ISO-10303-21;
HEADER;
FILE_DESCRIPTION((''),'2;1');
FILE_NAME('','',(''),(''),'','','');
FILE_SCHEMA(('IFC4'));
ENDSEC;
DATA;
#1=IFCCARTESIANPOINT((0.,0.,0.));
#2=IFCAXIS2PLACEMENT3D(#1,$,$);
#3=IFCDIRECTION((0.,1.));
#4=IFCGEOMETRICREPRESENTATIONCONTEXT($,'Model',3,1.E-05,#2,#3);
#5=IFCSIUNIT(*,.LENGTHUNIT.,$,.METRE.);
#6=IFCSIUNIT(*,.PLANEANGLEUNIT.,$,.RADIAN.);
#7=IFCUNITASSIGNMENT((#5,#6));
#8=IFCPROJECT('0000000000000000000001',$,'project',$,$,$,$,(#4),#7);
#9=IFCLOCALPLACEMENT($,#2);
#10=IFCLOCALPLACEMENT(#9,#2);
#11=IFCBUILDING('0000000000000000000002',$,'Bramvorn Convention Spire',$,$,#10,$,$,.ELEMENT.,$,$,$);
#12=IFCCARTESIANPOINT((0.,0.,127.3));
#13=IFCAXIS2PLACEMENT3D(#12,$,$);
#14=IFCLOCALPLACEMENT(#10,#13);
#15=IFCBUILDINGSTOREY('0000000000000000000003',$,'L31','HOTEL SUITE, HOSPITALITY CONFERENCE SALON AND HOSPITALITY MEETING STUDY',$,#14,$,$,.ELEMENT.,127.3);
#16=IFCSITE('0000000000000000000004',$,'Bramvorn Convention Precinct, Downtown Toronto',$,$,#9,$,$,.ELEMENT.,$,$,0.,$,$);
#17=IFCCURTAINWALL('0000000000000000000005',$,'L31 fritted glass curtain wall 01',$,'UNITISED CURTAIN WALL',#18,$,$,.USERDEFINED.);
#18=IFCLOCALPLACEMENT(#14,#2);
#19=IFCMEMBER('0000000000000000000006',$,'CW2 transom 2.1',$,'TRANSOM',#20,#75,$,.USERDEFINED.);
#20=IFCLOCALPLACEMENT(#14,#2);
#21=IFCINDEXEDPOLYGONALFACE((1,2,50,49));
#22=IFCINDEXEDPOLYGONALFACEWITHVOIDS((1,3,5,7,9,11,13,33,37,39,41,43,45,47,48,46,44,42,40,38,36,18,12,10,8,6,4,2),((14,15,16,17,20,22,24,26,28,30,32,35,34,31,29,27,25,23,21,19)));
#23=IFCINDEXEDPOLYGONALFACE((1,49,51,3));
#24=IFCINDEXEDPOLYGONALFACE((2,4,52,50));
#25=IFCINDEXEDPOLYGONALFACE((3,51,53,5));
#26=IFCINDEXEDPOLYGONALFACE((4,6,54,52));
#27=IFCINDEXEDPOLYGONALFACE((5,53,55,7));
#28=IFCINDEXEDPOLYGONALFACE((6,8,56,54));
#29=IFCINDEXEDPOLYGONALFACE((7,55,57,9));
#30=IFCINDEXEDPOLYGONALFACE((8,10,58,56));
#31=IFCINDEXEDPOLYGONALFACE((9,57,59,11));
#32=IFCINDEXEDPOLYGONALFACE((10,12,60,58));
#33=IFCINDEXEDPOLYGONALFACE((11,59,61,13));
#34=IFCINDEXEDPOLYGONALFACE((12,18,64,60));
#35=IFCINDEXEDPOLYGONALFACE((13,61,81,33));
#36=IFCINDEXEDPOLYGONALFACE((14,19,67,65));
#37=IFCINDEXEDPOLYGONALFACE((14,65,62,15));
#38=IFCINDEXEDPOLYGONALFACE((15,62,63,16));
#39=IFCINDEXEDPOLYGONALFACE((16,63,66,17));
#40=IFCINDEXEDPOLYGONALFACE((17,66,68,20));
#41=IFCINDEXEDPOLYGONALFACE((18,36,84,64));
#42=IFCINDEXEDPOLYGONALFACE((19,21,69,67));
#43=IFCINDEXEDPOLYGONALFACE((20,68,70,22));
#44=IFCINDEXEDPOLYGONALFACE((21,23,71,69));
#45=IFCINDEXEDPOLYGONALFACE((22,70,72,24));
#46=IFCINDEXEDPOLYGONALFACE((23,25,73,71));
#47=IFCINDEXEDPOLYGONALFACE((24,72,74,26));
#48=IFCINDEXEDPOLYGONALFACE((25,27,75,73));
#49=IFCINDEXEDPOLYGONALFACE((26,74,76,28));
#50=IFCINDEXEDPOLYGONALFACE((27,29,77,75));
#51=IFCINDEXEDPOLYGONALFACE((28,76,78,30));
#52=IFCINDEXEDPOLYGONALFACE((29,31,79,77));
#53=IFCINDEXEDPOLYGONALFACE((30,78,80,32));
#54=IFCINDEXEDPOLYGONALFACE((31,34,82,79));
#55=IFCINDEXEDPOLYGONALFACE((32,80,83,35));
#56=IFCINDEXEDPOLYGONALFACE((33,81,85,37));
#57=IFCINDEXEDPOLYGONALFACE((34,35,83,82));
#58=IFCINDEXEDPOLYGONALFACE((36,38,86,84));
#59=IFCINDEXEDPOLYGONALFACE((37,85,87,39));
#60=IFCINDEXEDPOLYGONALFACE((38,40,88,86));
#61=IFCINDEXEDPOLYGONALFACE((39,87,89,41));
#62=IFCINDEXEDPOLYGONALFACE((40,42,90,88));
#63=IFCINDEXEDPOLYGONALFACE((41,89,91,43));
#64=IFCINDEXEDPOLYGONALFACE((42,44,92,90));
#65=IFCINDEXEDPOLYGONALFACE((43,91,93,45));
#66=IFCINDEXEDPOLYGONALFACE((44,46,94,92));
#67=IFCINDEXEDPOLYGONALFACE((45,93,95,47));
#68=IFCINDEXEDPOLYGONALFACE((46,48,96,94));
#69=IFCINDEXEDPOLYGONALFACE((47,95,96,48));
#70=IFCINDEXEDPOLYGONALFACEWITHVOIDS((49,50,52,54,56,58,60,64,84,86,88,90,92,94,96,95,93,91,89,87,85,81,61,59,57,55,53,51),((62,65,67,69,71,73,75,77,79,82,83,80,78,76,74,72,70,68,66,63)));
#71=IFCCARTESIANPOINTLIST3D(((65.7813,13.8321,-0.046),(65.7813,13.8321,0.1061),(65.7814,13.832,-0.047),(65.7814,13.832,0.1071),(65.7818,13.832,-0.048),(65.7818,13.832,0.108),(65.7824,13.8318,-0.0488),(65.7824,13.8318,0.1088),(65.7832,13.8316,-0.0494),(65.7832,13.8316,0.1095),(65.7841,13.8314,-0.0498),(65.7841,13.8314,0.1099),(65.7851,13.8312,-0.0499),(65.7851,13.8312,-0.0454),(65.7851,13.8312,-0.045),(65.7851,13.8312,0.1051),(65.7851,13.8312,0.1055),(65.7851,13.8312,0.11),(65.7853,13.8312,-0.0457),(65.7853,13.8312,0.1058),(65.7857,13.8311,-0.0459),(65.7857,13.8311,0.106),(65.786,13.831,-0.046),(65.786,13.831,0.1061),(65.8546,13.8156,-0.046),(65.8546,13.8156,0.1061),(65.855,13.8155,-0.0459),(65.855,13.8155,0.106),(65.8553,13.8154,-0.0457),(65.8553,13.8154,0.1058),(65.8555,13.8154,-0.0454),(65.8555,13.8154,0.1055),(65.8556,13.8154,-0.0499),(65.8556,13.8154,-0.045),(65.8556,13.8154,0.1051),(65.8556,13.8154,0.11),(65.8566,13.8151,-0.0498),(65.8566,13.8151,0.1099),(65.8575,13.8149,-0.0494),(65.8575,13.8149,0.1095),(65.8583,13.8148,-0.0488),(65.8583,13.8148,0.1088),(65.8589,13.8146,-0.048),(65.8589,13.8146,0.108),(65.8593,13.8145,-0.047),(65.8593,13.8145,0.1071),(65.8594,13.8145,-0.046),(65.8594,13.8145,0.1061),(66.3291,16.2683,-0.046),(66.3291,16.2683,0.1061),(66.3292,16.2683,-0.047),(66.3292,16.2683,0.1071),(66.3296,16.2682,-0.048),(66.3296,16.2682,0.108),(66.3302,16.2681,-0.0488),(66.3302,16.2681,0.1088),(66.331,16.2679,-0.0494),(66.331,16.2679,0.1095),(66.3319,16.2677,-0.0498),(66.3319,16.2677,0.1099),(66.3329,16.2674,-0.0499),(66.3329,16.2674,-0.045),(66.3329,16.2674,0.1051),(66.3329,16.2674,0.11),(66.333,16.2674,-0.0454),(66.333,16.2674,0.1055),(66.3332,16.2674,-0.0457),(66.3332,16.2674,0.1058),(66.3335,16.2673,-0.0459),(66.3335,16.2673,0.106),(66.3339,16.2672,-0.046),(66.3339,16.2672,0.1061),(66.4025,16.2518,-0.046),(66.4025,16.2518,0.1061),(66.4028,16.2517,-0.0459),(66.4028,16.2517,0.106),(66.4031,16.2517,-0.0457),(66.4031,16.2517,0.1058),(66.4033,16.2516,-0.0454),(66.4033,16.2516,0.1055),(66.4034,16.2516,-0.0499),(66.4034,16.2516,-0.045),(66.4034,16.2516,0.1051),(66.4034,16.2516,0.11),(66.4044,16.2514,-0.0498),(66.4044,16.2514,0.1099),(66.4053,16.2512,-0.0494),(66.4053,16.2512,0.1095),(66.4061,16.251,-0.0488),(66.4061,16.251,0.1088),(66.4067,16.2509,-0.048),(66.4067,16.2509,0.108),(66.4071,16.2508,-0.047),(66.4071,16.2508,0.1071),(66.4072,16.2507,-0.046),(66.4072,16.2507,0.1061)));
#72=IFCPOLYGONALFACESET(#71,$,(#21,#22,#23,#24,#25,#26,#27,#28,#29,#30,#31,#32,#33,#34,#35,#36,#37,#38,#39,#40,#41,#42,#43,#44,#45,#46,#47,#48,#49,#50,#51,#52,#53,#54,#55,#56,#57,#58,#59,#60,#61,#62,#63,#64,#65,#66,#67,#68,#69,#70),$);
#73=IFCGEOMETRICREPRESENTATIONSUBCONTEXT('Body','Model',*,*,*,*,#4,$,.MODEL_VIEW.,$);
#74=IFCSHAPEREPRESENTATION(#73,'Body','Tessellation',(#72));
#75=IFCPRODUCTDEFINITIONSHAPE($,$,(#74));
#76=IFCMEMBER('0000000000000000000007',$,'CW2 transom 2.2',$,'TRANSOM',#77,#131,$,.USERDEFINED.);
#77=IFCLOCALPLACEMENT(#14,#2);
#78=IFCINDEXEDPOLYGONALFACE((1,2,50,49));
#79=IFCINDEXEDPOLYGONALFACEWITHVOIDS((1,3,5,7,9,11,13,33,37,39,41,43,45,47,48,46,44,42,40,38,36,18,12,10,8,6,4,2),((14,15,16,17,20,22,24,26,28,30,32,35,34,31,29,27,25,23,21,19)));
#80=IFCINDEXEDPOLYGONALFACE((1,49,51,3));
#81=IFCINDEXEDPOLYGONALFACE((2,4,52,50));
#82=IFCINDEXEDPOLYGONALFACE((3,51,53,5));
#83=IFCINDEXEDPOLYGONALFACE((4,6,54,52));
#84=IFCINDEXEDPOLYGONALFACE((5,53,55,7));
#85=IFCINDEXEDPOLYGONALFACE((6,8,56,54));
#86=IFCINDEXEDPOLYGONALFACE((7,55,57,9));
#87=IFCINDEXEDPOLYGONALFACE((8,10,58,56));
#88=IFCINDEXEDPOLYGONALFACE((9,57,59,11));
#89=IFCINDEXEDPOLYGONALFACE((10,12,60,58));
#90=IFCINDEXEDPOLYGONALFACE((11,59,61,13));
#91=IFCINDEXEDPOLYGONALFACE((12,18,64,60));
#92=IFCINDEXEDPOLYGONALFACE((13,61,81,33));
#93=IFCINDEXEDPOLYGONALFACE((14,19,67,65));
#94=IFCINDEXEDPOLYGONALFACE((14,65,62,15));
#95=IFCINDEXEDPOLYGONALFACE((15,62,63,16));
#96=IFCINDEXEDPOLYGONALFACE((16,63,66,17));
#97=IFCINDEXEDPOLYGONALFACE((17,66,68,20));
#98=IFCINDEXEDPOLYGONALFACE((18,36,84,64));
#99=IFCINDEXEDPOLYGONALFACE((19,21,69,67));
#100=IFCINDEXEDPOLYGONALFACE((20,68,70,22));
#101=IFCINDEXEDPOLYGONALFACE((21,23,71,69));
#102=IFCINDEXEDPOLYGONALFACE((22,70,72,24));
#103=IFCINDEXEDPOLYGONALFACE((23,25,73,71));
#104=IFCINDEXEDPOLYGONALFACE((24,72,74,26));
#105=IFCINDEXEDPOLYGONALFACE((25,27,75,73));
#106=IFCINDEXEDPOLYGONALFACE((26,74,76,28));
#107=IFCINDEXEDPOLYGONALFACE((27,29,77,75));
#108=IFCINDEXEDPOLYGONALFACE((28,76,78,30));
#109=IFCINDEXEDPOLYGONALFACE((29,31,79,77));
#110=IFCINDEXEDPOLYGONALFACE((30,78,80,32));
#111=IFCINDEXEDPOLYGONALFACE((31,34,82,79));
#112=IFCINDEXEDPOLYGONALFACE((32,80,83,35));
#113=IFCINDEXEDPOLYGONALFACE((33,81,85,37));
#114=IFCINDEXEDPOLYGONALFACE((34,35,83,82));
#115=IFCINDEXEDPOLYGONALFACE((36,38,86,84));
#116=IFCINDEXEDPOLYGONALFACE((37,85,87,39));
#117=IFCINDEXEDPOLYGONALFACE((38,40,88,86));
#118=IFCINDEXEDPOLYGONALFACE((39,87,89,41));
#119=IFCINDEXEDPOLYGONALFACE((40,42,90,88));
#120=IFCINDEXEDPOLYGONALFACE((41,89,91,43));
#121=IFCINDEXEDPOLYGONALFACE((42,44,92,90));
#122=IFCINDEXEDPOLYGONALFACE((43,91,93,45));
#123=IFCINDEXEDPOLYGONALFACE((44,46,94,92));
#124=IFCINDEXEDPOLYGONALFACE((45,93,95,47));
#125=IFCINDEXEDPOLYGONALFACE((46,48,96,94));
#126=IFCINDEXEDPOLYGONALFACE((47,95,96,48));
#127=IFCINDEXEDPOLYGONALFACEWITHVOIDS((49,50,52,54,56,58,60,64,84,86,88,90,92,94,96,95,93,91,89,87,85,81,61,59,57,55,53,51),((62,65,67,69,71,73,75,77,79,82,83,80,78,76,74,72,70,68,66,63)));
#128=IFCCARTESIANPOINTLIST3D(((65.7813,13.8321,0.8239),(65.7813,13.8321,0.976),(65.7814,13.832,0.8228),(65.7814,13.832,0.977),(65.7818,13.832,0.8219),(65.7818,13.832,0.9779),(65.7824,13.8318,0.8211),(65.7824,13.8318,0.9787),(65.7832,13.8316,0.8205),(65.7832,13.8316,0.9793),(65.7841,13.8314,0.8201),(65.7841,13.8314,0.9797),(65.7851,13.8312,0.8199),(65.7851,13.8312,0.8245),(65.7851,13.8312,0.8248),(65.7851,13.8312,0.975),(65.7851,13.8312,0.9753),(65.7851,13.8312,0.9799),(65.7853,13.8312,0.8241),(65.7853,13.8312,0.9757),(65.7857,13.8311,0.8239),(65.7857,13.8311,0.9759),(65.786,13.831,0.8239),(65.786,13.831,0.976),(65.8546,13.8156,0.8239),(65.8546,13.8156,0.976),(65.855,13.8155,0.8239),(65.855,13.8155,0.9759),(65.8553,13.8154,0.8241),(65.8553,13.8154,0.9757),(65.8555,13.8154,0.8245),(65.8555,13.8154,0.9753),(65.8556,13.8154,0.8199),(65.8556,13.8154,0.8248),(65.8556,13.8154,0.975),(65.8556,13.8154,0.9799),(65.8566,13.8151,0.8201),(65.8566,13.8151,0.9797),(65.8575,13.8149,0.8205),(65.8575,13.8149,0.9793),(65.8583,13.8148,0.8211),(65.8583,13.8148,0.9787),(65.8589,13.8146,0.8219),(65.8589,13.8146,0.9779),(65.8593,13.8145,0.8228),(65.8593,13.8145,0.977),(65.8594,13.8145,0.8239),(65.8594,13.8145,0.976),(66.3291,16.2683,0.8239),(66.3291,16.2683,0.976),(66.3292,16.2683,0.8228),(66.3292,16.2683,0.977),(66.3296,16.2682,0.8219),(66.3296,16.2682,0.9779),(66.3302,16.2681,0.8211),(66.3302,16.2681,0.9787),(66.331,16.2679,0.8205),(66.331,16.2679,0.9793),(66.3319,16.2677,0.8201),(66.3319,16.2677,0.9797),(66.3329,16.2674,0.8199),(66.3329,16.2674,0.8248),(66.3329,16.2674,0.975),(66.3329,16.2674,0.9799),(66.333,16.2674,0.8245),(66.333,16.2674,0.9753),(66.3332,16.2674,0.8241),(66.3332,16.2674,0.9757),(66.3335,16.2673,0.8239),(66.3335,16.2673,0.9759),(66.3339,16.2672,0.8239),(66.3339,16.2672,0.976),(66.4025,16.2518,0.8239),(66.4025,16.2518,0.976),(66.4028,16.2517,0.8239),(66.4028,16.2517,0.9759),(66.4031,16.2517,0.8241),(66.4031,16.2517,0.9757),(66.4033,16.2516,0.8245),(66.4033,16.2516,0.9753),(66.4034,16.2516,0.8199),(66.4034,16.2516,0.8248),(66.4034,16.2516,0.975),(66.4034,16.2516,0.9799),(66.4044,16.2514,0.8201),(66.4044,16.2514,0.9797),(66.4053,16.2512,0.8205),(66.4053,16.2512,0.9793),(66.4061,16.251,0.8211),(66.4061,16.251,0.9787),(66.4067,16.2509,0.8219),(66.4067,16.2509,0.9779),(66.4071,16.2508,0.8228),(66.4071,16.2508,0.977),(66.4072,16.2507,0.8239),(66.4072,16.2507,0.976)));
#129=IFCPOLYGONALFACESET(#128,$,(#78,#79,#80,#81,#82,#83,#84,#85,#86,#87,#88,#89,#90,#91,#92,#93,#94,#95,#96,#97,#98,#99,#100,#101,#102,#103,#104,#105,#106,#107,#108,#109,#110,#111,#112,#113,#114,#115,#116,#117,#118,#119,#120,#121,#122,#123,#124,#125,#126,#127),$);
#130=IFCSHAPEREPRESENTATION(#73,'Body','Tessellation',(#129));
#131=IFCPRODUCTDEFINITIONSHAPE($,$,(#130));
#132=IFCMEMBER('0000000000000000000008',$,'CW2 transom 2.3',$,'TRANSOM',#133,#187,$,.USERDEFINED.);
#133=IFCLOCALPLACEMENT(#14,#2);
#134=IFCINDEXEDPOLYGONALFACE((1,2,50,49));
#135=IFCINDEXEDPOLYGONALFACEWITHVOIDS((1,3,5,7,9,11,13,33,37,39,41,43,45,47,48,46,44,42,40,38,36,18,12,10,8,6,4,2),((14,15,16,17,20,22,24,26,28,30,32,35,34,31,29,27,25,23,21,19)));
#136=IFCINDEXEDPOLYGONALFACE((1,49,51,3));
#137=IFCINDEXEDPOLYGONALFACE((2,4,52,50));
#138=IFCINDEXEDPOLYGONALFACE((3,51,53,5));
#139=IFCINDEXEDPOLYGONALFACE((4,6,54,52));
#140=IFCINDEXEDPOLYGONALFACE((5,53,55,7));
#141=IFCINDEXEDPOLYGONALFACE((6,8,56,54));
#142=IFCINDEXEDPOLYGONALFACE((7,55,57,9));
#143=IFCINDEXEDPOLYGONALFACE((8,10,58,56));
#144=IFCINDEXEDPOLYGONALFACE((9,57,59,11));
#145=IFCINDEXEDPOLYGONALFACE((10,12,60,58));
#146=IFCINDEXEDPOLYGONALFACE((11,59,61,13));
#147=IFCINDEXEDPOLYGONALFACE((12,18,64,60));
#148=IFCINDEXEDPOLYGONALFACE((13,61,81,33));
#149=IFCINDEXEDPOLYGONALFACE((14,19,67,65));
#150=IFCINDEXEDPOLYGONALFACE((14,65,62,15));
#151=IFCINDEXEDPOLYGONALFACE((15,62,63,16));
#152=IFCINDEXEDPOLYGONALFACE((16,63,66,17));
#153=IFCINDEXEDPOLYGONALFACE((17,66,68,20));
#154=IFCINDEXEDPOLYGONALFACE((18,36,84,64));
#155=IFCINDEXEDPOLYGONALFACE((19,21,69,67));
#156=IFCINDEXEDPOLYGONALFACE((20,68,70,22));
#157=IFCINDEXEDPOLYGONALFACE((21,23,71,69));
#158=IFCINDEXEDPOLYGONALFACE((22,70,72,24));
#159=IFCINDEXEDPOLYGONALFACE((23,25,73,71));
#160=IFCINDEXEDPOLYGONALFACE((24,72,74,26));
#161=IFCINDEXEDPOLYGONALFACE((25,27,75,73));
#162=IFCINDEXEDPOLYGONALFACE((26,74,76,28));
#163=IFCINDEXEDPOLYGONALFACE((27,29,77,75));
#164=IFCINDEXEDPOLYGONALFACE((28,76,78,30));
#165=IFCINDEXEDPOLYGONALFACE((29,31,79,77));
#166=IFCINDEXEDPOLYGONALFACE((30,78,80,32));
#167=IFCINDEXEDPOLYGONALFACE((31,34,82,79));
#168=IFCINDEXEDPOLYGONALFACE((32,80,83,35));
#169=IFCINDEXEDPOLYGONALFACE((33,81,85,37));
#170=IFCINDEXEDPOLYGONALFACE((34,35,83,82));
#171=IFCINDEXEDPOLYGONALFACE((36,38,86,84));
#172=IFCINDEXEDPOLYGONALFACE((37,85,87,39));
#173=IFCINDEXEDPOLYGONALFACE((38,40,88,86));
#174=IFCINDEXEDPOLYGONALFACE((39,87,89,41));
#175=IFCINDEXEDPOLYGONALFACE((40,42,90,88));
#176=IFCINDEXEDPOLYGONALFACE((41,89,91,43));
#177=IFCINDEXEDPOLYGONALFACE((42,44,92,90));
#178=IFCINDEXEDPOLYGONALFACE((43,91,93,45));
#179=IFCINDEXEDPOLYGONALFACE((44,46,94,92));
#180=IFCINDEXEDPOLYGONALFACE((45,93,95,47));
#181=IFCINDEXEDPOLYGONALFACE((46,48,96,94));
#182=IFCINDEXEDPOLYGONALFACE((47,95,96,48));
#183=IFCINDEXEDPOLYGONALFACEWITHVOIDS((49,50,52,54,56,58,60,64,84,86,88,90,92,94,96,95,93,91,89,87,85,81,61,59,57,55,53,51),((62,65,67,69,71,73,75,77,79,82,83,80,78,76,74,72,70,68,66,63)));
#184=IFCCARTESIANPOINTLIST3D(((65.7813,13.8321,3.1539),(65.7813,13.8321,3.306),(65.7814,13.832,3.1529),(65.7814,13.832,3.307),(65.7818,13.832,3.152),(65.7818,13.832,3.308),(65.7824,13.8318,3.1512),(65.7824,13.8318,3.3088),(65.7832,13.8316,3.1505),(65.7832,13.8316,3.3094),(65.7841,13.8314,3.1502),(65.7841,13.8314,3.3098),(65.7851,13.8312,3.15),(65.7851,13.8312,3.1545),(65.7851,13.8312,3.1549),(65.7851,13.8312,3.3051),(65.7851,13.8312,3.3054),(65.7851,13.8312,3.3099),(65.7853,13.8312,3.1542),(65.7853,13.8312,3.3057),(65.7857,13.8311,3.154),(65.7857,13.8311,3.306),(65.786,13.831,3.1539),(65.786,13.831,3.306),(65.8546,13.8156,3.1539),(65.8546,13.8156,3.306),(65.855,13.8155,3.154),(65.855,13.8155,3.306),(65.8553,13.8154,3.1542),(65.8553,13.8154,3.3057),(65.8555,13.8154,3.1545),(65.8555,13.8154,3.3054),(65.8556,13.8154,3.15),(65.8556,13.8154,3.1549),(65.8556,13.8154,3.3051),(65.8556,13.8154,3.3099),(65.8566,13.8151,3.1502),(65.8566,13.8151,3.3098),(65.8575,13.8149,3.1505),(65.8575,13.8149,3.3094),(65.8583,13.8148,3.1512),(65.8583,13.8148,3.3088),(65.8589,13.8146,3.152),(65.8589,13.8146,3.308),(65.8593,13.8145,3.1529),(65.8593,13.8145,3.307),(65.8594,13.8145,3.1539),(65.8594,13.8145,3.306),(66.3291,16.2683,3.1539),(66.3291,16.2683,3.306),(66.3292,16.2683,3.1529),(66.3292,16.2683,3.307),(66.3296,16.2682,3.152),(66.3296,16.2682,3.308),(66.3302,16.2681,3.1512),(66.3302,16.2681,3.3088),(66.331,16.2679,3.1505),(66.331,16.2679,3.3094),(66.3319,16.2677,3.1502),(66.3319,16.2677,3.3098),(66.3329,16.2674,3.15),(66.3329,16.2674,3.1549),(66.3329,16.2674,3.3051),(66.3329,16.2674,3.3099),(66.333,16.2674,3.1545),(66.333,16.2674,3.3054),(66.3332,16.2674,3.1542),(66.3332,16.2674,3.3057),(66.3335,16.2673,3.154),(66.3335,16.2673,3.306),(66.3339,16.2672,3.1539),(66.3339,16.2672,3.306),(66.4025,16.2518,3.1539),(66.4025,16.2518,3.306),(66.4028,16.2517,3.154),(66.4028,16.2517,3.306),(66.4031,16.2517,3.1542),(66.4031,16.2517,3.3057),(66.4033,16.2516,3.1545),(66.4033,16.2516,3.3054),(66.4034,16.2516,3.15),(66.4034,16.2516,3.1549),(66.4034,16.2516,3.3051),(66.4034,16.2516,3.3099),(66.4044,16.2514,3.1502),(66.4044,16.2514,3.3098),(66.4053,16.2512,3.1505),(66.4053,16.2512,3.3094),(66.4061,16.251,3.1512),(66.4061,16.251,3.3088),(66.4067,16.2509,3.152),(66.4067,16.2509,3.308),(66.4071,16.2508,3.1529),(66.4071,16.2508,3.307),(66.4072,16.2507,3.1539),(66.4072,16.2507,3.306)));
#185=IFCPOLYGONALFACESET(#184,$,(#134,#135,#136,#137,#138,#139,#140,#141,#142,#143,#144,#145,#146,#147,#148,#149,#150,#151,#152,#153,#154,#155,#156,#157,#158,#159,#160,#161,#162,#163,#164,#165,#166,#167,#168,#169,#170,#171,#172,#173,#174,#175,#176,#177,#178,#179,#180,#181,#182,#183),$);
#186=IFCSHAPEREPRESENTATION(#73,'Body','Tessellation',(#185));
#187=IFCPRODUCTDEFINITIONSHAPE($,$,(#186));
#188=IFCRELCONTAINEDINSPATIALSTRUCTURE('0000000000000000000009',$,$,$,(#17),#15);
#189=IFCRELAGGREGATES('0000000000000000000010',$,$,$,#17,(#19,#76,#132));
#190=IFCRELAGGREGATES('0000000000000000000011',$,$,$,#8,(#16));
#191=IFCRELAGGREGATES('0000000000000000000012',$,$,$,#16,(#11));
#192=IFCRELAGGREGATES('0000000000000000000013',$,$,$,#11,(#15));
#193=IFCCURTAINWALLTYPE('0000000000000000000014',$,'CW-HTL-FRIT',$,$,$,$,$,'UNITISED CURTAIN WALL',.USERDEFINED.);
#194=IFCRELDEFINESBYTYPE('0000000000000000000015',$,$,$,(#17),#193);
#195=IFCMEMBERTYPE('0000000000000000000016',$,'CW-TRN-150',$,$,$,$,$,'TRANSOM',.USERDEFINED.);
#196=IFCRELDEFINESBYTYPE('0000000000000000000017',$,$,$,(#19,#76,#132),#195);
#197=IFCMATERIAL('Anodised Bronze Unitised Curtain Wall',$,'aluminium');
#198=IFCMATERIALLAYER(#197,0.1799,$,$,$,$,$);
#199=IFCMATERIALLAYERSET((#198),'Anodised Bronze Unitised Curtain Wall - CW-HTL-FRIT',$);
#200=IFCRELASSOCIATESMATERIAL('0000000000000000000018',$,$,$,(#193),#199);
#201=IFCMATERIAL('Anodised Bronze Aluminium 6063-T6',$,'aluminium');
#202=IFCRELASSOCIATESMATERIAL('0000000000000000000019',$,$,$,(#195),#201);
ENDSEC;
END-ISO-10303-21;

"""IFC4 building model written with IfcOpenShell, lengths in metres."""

from ifc_helpers import new_model, si_unit, direction, frame, origin, origin_2d, place, context, subcontext, project, spatial, hollow_rectangle, extrude, material, layer, layer_set, material_profile, profile_set, type_object, element, aggregate, save


model = new_model("IFC4")

# Units and contexts
model_context = context("Model", 3, precision=1e-05, world=origin(), true_north=direction((0.0, 1.0)))
body_context = subcontext(model_context, "Body", "Model", "MODEL_VIEW")
ifc_project = project(units=[si_unit("LENGTHUNIT", "METRE"), si_unit("PLANEANGLEUNIT", "RADIAN")], contexts=[model_context])

# Site, building, storey
site_placement = place(None, origin())
site = spatial("IfcSite", under=ifc_project, at=site_placement, Name="Bramvorn Convention Precinct, Downtown Toronto", CompositionType="ELEMENT", RefElevation=0.0)
building_placement = place(site_placement, origin())
building = spatial("IfcBuilding", under=site, at=building_placement, Name="Bramvorn Convention Spire", CompositionType="ELEMENT")
storey_placement = place(building_placement, frame((0.0, 0.0, 127.3)))
storey = spatial("IfcBuildingStorey", under=building, at=storey_placement, Name="L31", Description="HOTEL SUITE, HOSPITALITY CONFERENCE SALON AND HOSPITALITY MEETING STUDY", CompositionType="ELEMENT", Elevation=127.3)

# Curtain wall
ifc_material_1 = material(Name="Anodised Bronze Unitised Curtain Wall", Category="aluminium")
ifc_layer_1 = layer(ifc_material_1, 0.1799)
ifc_layer_set_1 = layer_set([ifc_layer_1], Name="Anodised Bronze Unitised Curtain Wall - CW-HTL-FRIT")
curtain_wall_type = type_object("IfcCurtainWallType", Name="CW-HTL-FRIT", ElementType="UNITISED CURTAIN WALL", PredefinedType="USERDEFINED", material=ifc_layer_set_1)
curtain_wall_1_placement = place(storey_placement, origin())
curtain_wall_1 = element("IfcCurtainWall", 1, at=curtain_wall_1_placement, inside=storey, type_object=curtain_wall_type, Name="L31 fritted glass curtain wall 01", ObjectType="UNITISED CURTAIN WALL", PredefinedType="USERDEFINED")
ifc_material_2 = material(Name="Anodised Bronze Aluminium 6063-T6", Category="aluminium")

# Members
ifc_material_profile_1 = material_profile(ifc_material_2, hollow_rectangle(XDim=0.0801, YDim=0.1599, WallThickness=0.0039, InnerFilletRadius=0.001, OuterFilletRadius=0.0039, at=origin_2d()))
ifc_profile_set_1 = profile_set([ifc_material_profile_1], Name="Anodised Bronze Aluminium 6063-T6 - CWT80X160")
member_type_1 = type_object("IfcMemberType", Name="CW-TRN-150", ElementType="TRANSOM", PredefinedType="USERDEFINED", material=ifc_profile_set_1)
member_1_placement = place(storey_placement, frame((66.3682, 16.2595, 0.03), z_axis=(-0.219394, -0.975636, 0.0), x_axis=(0.975636, -0.219394, 0.0)))
member_1 = element("IfcMember", 2, at=member_1_placement, type_object=member_type_1, Name="CW2 transom 2.1", ObjectType="TRANSOM", PredefinedType="USERDEFINED", context=body_context, shape_type="SweptSolid", body=[
    extrude(hollow_rectangle(XDim=0.0801, YDim=0.1599, WallThickness=0.0039, InnerFilletRadius=0.001, OuterFilletRadius=0.0039, at=origin_2d()), origin(), (0.0, 0.0, 1.0), 2.4971),
])
member_2_placement = place(storey_placement, frame((66.3682, 16.2595, 0.8999), z_axis=(-0.219394, -0.975636, 0.0), x_axis=(0.975636, -0.219394, 0.0)))
member_2 = element("IfcMember", 3, at=member_2_placement, type_object=member_type_1, Name="CW2 transom 2.2", ObjectType="TRANSOM", PredefinedType="USERDEFINED", context=body_context, shape_type="SweptSolid", body=[
    extrude(hollow_rectangle(XDim=0.0801, YDim=0.1599, WallThickness=0.0039, InnerFilletRadius=0.001, OuterFilletRadius=0.0039, at=origin_2d()), origin(), (0.0, 0.0, 1.0), 2.4971),
])
member_3_placement = place(storey_placement, frame((66.3682, 16.2595, 3.23), z_axis=(-0.219394, -0.975636, 0.0), x_axis=(0.975636, -0.219394, 0.0)))
member_3 = element("IfcMember", 4, at=member_3_placement, type_object=member_type_1, Name="CW2 transom 2.3", ObjectType="TRANSOM", PredefinedType="USERDEFINED", context=body_context, shape_type="SweptSolid", body=[
    extrude(hollow_rectangle(XDim=0.0801, YDim=0.1599, WallThickness=0.0039, InnerFilletRadius=0.001, OuterFilletRadius=0.0039, at=origin_2d()), origin(), (0.0, 0.0, 1.0), 2.4971),
])

aggregate(curtain_wall_1, [member_1, member_2, member_3])

save(model, "model.ifc")
